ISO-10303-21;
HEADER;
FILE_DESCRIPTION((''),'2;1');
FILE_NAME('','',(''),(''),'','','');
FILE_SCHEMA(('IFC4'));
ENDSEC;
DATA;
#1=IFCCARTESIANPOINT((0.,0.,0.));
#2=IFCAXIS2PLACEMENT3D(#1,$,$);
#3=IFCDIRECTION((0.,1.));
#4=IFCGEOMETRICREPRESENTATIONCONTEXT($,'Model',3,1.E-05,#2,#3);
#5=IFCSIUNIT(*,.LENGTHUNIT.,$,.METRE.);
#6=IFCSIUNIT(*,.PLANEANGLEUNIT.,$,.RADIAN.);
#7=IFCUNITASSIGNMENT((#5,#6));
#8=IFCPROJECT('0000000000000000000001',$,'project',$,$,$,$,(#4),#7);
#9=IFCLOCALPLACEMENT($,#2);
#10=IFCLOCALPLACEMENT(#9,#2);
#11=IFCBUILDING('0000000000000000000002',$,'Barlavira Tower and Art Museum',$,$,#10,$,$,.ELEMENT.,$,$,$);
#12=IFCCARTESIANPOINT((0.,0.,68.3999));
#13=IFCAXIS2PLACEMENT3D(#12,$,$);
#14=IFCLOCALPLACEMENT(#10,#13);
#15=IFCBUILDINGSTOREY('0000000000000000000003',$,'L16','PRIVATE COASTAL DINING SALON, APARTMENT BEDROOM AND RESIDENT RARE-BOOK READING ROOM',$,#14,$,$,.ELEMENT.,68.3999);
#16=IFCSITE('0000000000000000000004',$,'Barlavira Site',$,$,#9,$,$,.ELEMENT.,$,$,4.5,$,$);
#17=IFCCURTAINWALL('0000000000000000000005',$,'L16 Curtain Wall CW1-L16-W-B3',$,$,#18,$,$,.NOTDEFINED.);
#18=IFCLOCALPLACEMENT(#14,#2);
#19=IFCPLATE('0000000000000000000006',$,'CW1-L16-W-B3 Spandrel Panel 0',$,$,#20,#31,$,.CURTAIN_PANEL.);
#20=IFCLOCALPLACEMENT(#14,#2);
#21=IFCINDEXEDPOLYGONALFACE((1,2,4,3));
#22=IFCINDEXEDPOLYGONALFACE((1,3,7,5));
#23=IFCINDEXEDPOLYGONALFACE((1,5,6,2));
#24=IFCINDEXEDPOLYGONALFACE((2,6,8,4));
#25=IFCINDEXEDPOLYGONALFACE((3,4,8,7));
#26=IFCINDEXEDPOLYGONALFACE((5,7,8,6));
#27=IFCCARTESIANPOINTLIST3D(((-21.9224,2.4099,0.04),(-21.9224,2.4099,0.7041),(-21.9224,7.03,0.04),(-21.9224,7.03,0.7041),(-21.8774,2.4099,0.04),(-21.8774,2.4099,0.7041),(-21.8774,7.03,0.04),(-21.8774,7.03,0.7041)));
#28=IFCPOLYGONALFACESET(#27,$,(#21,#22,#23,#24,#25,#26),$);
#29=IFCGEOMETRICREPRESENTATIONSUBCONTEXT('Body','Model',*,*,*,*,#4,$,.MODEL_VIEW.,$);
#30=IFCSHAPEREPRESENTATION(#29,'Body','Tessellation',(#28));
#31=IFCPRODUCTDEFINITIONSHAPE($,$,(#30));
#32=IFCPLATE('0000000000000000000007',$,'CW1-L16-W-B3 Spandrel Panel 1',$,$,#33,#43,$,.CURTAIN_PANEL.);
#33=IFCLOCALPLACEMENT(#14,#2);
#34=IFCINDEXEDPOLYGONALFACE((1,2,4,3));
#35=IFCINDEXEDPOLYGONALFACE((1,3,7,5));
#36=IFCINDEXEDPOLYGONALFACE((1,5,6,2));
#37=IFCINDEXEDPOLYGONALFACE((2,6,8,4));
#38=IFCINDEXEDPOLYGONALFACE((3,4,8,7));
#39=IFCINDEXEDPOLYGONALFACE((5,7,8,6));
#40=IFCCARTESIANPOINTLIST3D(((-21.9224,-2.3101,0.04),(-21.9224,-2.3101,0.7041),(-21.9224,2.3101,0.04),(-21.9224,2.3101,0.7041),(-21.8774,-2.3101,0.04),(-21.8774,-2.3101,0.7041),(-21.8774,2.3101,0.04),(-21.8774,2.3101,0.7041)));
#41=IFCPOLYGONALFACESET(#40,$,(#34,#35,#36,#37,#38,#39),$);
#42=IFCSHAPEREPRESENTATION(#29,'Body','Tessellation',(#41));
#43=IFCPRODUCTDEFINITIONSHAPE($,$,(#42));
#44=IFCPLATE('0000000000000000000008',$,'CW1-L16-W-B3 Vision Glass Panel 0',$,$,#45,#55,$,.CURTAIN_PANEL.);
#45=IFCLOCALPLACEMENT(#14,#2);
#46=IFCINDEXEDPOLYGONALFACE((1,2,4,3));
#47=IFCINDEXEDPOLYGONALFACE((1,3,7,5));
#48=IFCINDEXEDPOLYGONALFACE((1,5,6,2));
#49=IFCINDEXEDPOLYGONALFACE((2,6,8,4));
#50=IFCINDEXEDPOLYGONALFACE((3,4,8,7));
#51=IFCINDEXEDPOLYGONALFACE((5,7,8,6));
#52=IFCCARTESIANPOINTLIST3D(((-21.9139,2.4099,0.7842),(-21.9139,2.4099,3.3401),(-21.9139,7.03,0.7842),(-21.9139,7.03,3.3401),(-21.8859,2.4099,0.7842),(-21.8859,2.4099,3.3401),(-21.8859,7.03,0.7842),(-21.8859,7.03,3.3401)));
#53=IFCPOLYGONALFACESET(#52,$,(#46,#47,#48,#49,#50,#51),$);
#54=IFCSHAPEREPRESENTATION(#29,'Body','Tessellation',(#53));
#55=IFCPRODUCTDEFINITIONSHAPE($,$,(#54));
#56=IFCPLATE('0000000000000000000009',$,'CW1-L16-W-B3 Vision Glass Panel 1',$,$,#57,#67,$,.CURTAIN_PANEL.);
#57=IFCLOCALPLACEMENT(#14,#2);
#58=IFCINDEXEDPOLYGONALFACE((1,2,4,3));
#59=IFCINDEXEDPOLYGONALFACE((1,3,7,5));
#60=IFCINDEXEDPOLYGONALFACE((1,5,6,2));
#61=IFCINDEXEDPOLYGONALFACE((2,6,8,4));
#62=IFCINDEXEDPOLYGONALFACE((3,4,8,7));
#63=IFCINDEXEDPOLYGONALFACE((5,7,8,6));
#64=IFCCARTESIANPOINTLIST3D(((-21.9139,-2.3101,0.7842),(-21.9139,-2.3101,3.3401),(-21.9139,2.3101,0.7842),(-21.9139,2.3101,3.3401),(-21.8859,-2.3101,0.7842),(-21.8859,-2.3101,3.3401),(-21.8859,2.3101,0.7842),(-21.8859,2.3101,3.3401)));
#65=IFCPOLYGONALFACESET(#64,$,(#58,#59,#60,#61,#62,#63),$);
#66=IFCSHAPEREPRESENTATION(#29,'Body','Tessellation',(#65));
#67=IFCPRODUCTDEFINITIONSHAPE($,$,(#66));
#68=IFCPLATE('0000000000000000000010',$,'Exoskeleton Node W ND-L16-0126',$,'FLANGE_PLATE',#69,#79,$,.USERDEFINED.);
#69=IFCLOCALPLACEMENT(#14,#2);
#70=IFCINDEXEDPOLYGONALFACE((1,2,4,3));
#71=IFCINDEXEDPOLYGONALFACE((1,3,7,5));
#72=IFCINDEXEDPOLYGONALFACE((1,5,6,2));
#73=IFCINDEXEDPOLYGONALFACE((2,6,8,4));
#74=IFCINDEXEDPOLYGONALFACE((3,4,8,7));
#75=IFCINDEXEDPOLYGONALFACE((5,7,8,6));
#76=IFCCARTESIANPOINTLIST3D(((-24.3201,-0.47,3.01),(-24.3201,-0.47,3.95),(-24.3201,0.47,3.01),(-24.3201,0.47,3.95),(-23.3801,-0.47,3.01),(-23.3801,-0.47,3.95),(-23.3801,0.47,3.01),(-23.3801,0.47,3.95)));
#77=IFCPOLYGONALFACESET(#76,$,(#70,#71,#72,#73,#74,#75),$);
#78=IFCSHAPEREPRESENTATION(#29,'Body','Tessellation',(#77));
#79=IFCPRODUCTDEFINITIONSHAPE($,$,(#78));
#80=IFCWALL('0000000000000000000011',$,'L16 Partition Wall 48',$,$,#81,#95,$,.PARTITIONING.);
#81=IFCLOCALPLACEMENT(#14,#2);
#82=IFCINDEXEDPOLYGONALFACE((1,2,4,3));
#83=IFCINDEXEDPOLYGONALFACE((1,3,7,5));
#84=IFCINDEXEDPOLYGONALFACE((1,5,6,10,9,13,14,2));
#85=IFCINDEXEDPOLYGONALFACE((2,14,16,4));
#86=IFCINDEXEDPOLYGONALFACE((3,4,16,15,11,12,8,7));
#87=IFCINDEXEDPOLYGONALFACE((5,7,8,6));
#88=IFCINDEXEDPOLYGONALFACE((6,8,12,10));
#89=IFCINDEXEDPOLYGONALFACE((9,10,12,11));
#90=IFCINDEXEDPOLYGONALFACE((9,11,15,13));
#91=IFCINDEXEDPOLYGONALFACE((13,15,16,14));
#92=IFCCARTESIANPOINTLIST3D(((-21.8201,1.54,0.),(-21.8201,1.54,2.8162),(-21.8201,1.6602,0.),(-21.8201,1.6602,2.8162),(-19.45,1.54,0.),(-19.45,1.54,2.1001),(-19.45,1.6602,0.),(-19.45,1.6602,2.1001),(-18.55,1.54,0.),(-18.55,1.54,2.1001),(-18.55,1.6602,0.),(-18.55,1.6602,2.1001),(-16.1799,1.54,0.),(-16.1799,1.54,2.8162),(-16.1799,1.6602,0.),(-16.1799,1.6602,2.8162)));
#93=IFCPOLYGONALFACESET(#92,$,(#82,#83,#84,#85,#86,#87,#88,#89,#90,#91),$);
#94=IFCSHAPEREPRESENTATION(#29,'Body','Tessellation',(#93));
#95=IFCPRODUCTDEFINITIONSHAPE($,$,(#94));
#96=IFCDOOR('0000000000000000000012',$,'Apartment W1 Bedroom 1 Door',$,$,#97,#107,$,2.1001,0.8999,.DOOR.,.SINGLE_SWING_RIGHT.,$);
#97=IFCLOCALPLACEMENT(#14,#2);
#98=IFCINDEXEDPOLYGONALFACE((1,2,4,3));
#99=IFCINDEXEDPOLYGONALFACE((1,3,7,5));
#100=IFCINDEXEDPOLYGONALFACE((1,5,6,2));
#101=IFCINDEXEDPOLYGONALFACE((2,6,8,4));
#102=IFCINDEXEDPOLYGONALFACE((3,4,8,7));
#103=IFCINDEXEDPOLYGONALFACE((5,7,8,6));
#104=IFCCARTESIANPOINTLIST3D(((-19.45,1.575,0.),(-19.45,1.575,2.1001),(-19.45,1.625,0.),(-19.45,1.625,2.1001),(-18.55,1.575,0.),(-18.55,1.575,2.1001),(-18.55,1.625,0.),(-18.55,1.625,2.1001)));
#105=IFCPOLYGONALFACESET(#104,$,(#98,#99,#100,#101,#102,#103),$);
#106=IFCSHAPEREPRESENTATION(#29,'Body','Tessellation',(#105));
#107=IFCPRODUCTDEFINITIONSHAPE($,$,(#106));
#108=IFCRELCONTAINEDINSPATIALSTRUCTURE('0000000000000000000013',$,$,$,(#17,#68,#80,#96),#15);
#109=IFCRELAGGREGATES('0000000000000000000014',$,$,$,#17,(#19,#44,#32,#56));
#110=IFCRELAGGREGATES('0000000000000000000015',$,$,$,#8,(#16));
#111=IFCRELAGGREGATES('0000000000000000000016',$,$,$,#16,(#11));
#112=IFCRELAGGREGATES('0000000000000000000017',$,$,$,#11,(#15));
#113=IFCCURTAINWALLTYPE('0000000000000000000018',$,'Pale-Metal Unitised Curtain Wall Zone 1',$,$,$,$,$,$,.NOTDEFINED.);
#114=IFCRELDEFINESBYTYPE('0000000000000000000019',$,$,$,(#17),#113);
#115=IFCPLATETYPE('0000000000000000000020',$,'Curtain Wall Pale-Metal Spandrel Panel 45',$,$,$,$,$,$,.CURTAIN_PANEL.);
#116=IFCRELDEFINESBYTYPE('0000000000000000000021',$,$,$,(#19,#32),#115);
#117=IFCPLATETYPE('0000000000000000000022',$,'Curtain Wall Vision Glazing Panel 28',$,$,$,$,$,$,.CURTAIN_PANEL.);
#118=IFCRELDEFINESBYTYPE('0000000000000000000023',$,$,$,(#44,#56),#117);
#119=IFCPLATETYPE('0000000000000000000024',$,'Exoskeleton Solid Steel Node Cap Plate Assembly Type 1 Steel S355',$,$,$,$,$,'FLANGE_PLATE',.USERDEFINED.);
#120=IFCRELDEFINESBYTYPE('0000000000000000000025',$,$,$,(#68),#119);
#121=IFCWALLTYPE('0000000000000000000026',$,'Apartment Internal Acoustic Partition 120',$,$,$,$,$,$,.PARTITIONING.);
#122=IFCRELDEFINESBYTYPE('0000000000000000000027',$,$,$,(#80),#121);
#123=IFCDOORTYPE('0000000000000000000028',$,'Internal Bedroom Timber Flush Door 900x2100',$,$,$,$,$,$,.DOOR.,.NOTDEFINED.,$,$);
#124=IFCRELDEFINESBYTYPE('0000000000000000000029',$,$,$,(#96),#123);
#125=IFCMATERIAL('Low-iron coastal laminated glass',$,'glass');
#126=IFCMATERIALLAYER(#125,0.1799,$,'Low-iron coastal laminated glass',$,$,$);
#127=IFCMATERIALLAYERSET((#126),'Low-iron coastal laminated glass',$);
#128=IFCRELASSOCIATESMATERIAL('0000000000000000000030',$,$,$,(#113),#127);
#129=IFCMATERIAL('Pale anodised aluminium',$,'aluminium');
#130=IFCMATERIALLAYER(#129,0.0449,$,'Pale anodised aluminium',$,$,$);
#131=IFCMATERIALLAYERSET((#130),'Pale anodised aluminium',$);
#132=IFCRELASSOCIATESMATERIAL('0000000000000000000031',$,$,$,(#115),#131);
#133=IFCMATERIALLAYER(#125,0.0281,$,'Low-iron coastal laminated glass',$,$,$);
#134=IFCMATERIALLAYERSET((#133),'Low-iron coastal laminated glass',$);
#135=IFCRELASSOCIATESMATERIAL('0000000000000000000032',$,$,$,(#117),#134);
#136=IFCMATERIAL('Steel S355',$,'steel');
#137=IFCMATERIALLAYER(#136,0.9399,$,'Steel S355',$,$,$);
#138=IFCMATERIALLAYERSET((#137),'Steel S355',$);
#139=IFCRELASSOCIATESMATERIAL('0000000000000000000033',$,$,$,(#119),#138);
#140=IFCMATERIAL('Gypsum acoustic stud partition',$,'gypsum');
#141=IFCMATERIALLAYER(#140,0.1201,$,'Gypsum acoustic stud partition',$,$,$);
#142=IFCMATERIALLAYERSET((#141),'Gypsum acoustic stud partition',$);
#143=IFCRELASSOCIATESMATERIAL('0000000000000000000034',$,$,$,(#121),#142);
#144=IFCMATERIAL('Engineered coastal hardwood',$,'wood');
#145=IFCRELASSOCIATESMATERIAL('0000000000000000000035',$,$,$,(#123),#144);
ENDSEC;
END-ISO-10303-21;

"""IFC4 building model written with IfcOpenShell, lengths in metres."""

from ifc_helpers import new_model, si_unit, direction, frame, frame_2d, origin, origin_2d, place, context, subcontext, project, spatial, rectangle, extrude, material, layer, layer_set, type_object, element, fill, aggregate, save


model = new_model("IFC4")

# Units and contexts
model_context = context("Model", 3, precision=1e-05, world=origin(), true_north=direction((0.0, 1.0)))
body_context = subcontext(model_context, "Body", "Model", "MODEL_VIEW")
ifc_project = project(units=[si_unit("LENGTHUNIT", "METRE"), si_unit("PLANEANGLEUNIT", "RADIAN")], contexts=[model_context])

# Site, building, storey
site_placement = place(None, origin())
site = spatial("IfcSite", under=ifc_project, at=site_placement, Name="Barlavira Site", CompositionType="ELEMENT", RefElevation=4.5)
building_placement = place(site_placement, origin())
building = spatial("IfcBuilding", under=site, at=building_placement, Name="Barlavira Tower and Art Museum", CompositionType="ELEMENT")
storey_placement = place(building_placement, frame((0.0, 0.0, 68.3999)))
storey = spatial("IfcBuildingStorey", under=building, at=storey_placement, Name="L16", Description="PRIVATE COASTAL DINING SALON, APARTMENT BEDROOM AND RESIDENT RARE-BOOK READING ROOM", CompositionType="ELEMENT", Elevation=68.3999)

# Curtain wall
ifc_material_1 = material(Name="Low-iron coastal laminated glass", Category="glass")
ifc_layer_1 = layer(ifc_material_1, 0.1799, Name="Low-iron coastal laminated glass")
ifc_layer_set_1 = layer_set([ifc_layer_1], Name="Low-iron coastal laminated glass")
curtain_wall_type = type_object("IfcCurtainWallType", Name="Pale-Metal Unitised Curtain Wall Zone 1", PredefinedType="NOTDEFINED", material=ifc_layer_set_1)
curtain_wall_placement = place(storey_placement, origin())
curtain_wall = element("IfcCurtainWall", 1, at=curtain_wall_placement, inside=storey, type_object=curtain_wall_type, Name="L16 Curtain Wall CW1-L16-W-B3", PredefinedType="NOTDEFINED")
ifc_material_2 = material(Name="Pale anodised aluminium", Category="aluminium")

# Shared definitions
ifc_material_3 = material(Name="Steel S355", Category="steel")

# Plates
ifc_layer_2 = layer(ifc_material_2, 0.0449, Name="Pale anodised aluminium")
ifc_layer_set_2 = layer_set([ifc_layer_2], Name="Pale anodised aluminium")
plate_type_1 = type_object("IfcPlateType", Name="Curtain Wall Pale-Metal Spandrel Panel 45", PredefinedType="CURTAIN_PANEL", material=ifc_layer_set_2)
plate_1_placement = place(storey_placement, frame((-21.8999, 4.72, 0.04), z_axis=(0.0, 0.0, 1.0), x_axis=(0.0, -1.0, 0.0)))
plate_1 = element("IfcPlate", 2, at=plate_1_placement, type_object=plate_type_1, Name="CW1-L16-W-B3 Spandrel Panel 0", PredefinedType="CURTAIN_PANEL", context=body_context, shape_type="SweptSolid", body=[
    extrude(rectangle(XDim=4.6201, YDim=0.0449, at=origin_2d()), origin(), (0.0, 0.0, 1.0), 0.6641),
])
plate_2_placement = place(storey_placement, frame((-21.8999, 0.0, 0.04), z_axis=(0.0, 0.0, 1.0), x_axis=(0.0, -1.0, 0.0)))
plate_2 = element("IfcPlate", 3, at=plate_2_placement, type_object=plate_type_1, Name="CW1-L16-W-B3 Spandrel Panel 1", PredefinedType="CURTAIN_PANEL", context=body_context, shape_type="SweptSolid", body=[
    extrude(rectangle(XDim=4.6201, YDim=0.0449, at=origin_2d()), origin(), (0.0, 0.0, 1.0), 0.6641),
])
ifc_layer_3 = layer(ifc_material_1, 0.0281, Name="Low-iron coastal laminated glass")
ifc_layer_set_3 = layer_set([ifc_layer_3], Name="Low-iron coastal laminated glass")
plate_type_2 = type_object("IfcPlateType", Name="Curtain Wall Vision Glazing Panel 28", PredefinedType="CURTAIN_PANEL", material=ifc_layer_set_3)
plate_3_placement = place(storey_placement, frame((-21.8999, 4.72, 0.7842), z_axis=(0.0, 0.0, 1.0), x_axis=(0.0, -1.0, 0.0)))
plate_3 = element("IfcPlate", 4, at=plate_3_placement, type_object=plate_type_2, Name="CW1-L16-W-B3 Vision Glass Panel 0", PredefinedType="CURTAIN_PANEL", context=body_context, shape_type="SweptSolid", body=[
    extrude(rectangle(XDim=4.6201, YDim=0.0281, at=origin_2d()), origin(), (0.0, 0.0, 1.0), 2.5559),
])
plate_4_placement = place(storey_placement, frame((-21.8999, 0.0, 0.7842), z_axis=(0.0, 0.0, 1.0), x_axis=(0.0, -1.0, 0.0)))
plate_4 = element("IfcPlate", 5, at=plate_4_placement, type_object=plate_type_2, Name="CW1-L16-W-B3 Vision Glass Panel 1", PredefinedType="CURTAIN_PANEL", context=body_context, shape_type="SweptSolid", body=[
    extrude(rectangle(XDim=4.6201, YDim=0.0281, at=origin_2d()), origin(), (0.0, 0.0, 1.0), 2.5559),
])
aggregate(curtain_wall, [plate_1, plate_3, plate_2, plate_4])
ifc_layer_4 = layer(ifc_material_3, 0.9399, Name="Steel S355")
ifc_layer_set_4 = layer_set([ifc_layer_4], Name="Steel S355")
plate_type_3 = type_object("IfcPlateType", Name="Exoskeleton Solid Steel Node Cap Plate Assembly Type 1 Steel S355", ElementType="FLANGE_PLATE", PredefinedType="USERDEFINED", material=ifc_layer_set_4)
plate_5_placement = place(storey_placement, frame((-23.8501, 0.0, 3.01), z_axis=(0.0, 0.0, 1.0), x_axis=(1.0, 0.0, 0.0)))
element("IfcPlate", 6, at=plate_5_placement, inside=storey, type_object=plate_type_3, Name="Exoskeleton Node W ND-L16-0126", ObjectType="FLANGE_PLATE", PredefinedType="USERDEFINED", context=body_context, shape_type="SweptSolid", body=[
    extrude(rectangle(XDim=0.9399, YDim=0.9399, at=origin_2d()), origin(), (0.0, 0.0, 1.0), 0.9399),
])

# Wall, opening, door
ifc_material_4 = material(Name="Gypsum acoustic stud partition", Category="gypsum")
ifc_layer_5 = layer(ifc_material_4, 0.1201, Name="Gypsum acoustic stud partition")
ifc_layer_set_5 = layer_set([ifc_layer_5], Name="Gypsum acoustic stud partition")
wall_type = type_object("IfcWallType", Name="Apartment Internal Acoustic Partition 120", PredefinedType="PARTITIONING", material=ifc_layer_set_5)
wall_placement = place(storey_placement, frame((-21.8201, 1.6001, 0.0), z_axis=(0.0, 0.0, 1.0), x_axis=(1.0, 0.0, 0.0)))
wall = element("IfcWall", 7, at=wall_placement, inside=storey, type_object=wall_type, Name="L16 Partition Wall 48", PredefinedType="PARTITIONING", context=body_context, shape_type="SweptSolid", body=[
    extrude(rectangle(XDim=5.6401, YDim=0.1201, at=frame_2d((2.8201, 0.0))), origin(), (0.0, 0.0, 1.0), 2.8162),
])
opening_placement = place(wall_placement, frame((2.3701, 0.0, 0.0)))
opening = element("IfcOpeningElement", 8, at=opening_placement, cuts=wall, PredefinedType="OPENING", context=body_context, shape_type="SweptSolid", body=[
    extrude(rectangle(XDim=0.8999, YDim=2.1001, at=frame_2d((0.45, 1.05))), frame((0.0, 0.0701, 0.0), z_axis=(0.0, -1.0, 0.0), x_axis=(1.0, 0.0, 0.0)), (0.0, 0.0, 1.0), 0.1401),
])
ifc_material_5 = material(Name="Engineered coastal hardwood", Category="wood")
door_type = type_object("IfcDoorType", Name="Internal Bedroom Timber Flush Door 900x2100", OperationType="NOTDEFINED", PredefinedType="DOOR", material=ifc_material_5)
door_placement = place(opening_placement, origin())
door = element("IfcDoor", 9, at=door_placement, inside=storey, type_object=door_type, Name="Apartment W1 Bedroom 1 Door", OperationType="SINGLE_SWING_RIGHT", OverallHeight=2.1001, OverallWidth=0.8999, PredefinedType="DOOR", context=body_context, shape_type="SweptSolid", body=[
    extrude(rectangle(XDim=0.8999, YDim=2.1001, at=frame_2d((0.45, 1.05))), frame((0.0, 0.0249, 0.0), z_axis=(0.0, -1.0, 0.0), x_axis=(1.0, 0.0, 0.0)), (0.0, 0.0, 1.0), 0.05),
])
fill(opening, door)

save(model, "model.ifc")
